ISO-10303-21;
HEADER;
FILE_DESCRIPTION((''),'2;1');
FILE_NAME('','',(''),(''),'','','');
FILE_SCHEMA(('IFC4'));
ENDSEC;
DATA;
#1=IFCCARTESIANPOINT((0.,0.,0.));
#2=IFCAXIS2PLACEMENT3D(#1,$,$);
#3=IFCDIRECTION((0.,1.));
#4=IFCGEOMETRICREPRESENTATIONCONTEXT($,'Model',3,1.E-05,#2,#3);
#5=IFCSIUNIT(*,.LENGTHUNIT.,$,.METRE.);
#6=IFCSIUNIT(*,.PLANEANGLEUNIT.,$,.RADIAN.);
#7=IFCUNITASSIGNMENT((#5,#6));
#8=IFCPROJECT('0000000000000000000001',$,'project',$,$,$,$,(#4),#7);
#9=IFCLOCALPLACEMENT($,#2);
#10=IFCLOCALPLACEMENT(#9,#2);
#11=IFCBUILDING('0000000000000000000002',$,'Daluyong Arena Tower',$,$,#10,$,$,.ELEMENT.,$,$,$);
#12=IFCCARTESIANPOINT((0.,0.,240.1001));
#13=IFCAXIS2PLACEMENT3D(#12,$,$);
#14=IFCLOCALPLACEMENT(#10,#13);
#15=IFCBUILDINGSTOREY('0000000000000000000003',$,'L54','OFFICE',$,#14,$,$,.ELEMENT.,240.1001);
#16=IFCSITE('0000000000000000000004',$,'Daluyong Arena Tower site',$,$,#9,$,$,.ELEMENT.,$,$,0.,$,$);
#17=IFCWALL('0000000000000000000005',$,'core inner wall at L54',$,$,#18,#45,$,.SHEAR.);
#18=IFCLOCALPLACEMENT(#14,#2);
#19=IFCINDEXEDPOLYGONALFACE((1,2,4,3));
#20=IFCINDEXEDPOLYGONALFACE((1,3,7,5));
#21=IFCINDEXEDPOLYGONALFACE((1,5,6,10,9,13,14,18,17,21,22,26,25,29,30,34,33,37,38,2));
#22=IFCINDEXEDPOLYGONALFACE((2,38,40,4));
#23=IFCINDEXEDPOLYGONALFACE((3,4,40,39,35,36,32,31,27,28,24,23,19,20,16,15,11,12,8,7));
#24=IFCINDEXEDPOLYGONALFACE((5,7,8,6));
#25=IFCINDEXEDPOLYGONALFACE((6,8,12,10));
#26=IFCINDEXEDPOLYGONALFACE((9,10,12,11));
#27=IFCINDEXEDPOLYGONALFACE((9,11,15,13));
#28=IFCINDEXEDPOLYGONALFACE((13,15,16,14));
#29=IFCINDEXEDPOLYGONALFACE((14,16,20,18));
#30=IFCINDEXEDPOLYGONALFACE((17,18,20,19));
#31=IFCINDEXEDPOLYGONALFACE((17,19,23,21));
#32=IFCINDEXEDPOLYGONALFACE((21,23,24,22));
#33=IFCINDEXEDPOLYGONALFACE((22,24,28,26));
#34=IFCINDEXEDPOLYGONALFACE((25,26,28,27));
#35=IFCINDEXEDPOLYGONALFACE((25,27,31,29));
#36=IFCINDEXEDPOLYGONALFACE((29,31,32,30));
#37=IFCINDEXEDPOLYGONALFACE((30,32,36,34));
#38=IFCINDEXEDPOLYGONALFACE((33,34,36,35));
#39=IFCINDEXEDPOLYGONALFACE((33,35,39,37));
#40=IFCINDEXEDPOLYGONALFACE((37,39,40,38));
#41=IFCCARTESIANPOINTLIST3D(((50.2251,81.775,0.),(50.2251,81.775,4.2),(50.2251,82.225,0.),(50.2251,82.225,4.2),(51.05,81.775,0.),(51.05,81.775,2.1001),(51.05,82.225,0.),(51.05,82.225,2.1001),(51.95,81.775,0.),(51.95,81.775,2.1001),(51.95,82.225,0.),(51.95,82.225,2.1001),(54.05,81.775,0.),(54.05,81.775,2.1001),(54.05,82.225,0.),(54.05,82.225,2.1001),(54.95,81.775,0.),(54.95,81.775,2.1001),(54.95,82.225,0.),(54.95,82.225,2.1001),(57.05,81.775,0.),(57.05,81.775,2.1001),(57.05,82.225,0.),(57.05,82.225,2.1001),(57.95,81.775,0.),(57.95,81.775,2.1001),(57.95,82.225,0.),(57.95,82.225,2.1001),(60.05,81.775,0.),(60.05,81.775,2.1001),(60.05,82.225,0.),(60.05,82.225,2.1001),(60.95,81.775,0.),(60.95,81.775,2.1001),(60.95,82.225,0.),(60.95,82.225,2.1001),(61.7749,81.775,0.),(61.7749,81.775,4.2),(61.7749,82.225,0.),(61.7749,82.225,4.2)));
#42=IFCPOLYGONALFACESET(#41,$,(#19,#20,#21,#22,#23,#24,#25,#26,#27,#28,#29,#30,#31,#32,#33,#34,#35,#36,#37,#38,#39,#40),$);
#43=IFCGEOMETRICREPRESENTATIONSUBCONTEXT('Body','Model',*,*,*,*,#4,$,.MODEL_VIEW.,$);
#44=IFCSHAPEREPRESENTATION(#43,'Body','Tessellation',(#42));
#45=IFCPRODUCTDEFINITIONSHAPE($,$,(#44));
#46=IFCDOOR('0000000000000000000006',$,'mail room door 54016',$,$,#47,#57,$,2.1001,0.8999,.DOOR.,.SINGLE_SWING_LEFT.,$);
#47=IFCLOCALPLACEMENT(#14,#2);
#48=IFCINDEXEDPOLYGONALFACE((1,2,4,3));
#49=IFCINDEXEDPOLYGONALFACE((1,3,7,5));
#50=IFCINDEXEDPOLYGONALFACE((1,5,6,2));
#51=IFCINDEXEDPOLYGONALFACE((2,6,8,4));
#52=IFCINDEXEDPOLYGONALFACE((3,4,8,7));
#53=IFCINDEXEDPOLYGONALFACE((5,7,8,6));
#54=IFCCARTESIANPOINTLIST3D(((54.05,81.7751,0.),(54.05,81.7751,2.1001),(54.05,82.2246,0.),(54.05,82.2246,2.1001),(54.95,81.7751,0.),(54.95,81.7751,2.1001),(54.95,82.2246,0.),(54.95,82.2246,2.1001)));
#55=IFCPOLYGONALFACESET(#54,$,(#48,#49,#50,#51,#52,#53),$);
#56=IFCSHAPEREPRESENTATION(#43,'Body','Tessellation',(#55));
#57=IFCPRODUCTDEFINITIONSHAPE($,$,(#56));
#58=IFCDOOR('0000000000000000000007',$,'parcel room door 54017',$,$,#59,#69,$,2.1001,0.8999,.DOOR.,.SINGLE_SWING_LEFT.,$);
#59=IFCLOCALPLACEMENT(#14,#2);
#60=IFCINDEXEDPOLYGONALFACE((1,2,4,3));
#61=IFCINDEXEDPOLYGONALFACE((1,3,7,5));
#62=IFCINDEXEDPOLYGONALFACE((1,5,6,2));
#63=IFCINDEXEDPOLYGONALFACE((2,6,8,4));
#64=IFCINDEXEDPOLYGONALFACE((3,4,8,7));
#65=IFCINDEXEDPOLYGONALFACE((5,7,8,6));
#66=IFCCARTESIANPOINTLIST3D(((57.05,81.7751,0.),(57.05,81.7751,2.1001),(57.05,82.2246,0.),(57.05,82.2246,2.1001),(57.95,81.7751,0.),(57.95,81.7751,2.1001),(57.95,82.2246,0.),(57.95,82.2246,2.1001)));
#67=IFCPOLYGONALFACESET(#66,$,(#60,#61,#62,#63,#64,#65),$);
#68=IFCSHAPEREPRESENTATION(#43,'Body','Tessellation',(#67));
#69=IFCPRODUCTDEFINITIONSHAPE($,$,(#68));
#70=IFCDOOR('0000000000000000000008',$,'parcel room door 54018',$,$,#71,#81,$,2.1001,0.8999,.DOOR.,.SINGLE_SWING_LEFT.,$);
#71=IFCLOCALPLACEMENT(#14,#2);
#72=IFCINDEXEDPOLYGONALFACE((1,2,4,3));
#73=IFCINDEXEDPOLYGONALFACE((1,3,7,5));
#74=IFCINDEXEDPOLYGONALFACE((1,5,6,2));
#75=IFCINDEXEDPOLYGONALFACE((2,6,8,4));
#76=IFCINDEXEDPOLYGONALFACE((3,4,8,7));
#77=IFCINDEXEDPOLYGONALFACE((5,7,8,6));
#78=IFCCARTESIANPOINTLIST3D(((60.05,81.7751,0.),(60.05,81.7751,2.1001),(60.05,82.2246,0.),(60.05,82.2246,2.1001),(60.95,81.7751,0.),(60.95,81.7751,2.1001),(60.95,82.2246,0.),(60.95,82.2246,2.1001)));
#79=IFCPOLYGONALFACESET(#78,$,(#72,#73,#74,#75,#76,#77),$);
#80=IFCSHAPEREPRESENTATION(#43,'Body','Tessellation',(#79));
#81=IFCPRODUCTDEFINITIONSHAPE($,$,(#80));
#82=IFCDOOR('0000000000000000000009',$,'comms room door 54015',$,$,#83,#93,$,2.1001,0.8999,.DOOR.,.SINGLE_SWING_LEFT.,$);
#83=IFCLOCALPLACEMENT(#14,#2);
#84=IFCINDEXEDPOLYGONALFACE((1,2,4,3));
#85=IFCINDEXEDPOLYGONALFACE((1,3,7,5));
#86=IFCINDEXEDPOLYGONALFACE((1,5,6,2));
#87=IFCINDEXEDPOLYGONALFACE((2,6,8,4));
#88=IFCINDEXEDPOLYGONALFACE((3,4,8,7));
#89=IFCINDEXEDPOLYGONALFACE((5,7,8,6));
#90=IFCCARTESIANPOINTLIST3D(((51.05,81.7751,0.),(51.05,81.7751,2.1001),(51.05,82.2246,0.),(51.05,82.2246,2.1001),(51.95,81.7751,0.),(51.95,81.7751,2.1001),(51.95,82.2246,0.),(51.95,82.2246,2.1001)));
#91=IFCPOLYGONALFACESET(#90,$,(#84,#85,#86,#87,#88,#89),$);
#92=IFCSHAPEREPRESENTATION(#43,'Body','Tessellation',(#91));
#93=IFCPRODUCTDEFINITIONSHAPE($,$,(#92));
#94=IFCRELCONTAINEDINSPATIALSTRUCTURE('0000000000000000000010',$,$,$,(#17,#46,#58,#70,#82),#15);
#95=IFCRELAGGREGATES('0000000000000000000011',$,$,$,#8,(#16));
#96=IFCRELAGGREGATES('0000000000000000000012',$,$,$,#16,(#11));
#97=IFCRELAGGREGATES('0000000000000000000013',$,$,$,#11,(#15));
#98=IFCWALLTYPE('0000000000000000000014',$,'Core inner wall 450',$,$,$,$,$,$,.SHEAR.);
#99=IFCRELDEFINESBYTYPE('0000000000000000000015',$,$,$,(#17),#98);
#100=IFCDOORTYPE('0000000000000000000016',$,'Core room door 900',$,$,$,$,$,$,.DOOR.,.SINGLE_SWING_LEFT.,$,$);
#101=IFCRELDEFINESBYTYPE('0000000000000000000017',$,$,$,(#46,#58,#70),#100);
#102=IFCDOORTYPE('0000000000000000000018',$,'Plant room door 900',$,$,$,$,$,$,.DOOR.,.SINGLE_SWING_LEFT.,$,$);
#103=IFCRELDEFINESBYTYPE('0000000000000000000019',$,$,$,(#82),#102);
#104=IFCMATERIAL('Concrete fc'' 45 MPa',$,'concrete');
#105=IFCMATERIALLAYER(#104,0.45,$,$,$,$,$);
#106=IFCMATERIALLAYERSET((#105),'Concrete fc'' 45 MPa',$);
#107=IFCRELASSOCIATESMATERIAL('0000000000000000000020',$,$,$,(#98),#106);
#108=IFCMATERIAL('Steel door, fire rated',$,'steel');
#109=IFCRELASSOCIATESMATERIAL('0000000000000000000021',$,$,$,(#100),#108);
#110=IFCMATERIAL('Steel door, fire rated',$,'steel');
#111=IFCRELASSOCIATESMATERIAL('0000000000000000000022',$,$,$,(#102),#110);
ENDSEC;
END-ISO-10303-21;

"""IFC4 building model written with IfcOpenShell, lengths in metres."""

from ifc_helpers import new_model, si_unit, direction, frame, frame_2d, origin, place, context, subcontext, project, spatial, rectangle, extrude, material, layer, layer_set, type_object, element, fill, save


model = new_model("IFC4")

# Units and contexts
model_context = context("Model", 3, precision=1e-05, world=origin(), true_north=direction((0.0, 1.0)))
body_context = subcontext(model_context, "Body", "Model", "MODEL_VIEW")
ifc_project = project(units=[si_unit("LENGTHUNIT", "METRE"), si_unit("PLANEANGLEUNIT", "RADIAN")], contexts=[model_context])

# Site, building, storey
site_placement = place(None, origin())
site = spatial("IfcSite", under=ifc_project, at=site_placement, Name="Daluyong Arena Tower site", CompositionType="ELEMENT", RefElevation=0.0)
building_placement = place(site_placement, origin())
building = spatial("IfcBuilding", under=site, at=building_placement, Name="Daluyong Arena Tower", CompositionType="ELEMENT")
storey_placement = place(building_placement, frame((0.0, 0.0, 240.1001)))
storey = spatial("IfcBuildingStorey", under=building, at=storey_placement, Name="L54", Description="OFFICE", CompositionType="ELEMENT", Elevation=240.1001)

# Shared definitions
ifc_material_1 = material(Name="Concrete fc' 45 MPa", Category="concrete")
ifc_layer = layer(ifc_material_1, 0.45)
ifc_layer_set = layer_set([ifc_layer], Name="Concrete fc' 45 MPa")
wall_type = type_object("IfcWallType", Name="Core inner wall 450", PredefinedType="SHEAR", material=ifc_layer_set)
ifc_material_2 = material(Name="Steel door, fire rated", Category="steel")
door_type_1 = type_object("IfcDoorType", Name="Core room door 900", OperationType="SINGLE_SWING_LEFT", PredefinedType="DOOR", material=ifc_material_2)

# Wall, openings, doors
wall_1_placement = place(storey_placement, frame((50.2251, 82.0, 0.0), z_axis=(0.0, 0.0, 1.0), x_axis=(1.0, 0.0, 0.0)))
wall_1 = element("IfcWall", 1, at=wall_1_placement, inside=storey, type_object=wall_type, Name="core inner wall at L54", PredefinedType="SHEAR", context=body_context, shape_type="SweptSolid", body=[
    extrude(rectangle(XDim=11.5498, YDim=0.45, at=frame_2d((5.7749, 0.0))), origin(), (0.0, 0.0, 1.0), 4.2),
])
opening_1_placement = place(wall_1_placement, frame((0.825, 0.0, 0.0)))
opening_1 = element("IfcOpeningElement", 2, at=opening_1_placement, cuts=wall_1, PredefinedType="OPENING", context=body_context, shape_type="SweptSolid", body=[
    extrude(rectangle(XDim=0.8999, YDim=2.1001, at=frame_2d((0.45, 1.05))), frame((0.0, 0.2349, 0.0), z_axis=(0.0, -1.0, 0.0), x_axis=(1.0, 0.0, 0.0)), (0.0, 0.0, 1.0), 0.47),
])
opening_2_placement = place(wall_1_placement, frame((3.825, 0.0, 0.0)))
opening_2 = element("IfcOpeningElement", 3, at=opening_2_placement, cuts=wall_1, PredefinedType="OPENING", context=body_context, shape_type="SweptSolid", body=[
    extrude(rectangle(XDim=0.8999, YDim=2.1001, at=frame_2d((0.45, 1.05))), frame((0.0, 0.2349, 0.0), z_axis=(0.0, -1.0, 0.0), x_axis=(1.0, 0.0, 0.0)), (0.0, 0.0, 1.0), 0.47),
])
opening_3_placement = place(wall_1_placement, frame((6.825, 0.0, 0.0)))
opening_3 = element("IfcOpeningElement", 4, at=opening_3_placement, cuts=wall_1, PredefinedType="OPENING", context=body_context, shape_type="SweptSolid", body=[
    extrude(rectangle(XDim=0.8999, YDim=2.1001, at=frame_2d((0.45, 1.05))), frame((0.0, 0.2349, 0.0), z_axis=(0.0, -1.0, 0.0), x_axis=(1.0, 0.0, 0.0)), (0.0, 0.0, 1.0), 0.47),
])
opening_4_placement = place(wall_1_placement, frame((9.825, 0.0, 0.0)))
opening_4 = element("IfcOpeningElement", 5, at=opening_4_placement, cuts=wall_1, PredefinedType="OPENING", context=body_context, shape_type="SweptSolid", body=[
    extrude(rectangle(XDim=0.8999, YDim=2.1001, at=frame_2d((0.45, 1.05))), frame((0.0, 0.2349, 0.0), z_axis=(0.0, -1.0, 0.0), x_axis=(1.0, 0.0, 0.0)), (0.0, 0.0, 1.0), 0.47),
])
door_1_placement = place(opening_2_placement, origin())
door_1 = element("IfcDoor", 6, at=door_1_placement, inside=storey, type_object=door_type_1, Name="mail room door 54016", OperationType="SINGLE_SWING_LEFT", OverallHeight=2.1001, OverallWidth=0.8999, PredefinedType="DOOR", context=body_context, shape_type="SweptSolid", body=[
    extrude(rectangle(XDim=0.8999, YDim=2.1001, at=frame_2d((0.45, 1.05))), frame((0.0, 0.2246, 0.0), z_axis=(0.0, -1.0, 0.0), x_axis=(1.0, 0.0, 0.0)), (0.0, 0.0, 1.0), 0.4495),
])
fill(opening_2, door_1)
door_2_placement = place(opening_3_placement, origin())
door_2 = element("IfcDoor", 7, at=door_2_placement, inside=storey, type_object=door_type_1, Name="parcel room door 54017", OperationType="SINGLE_SWING_LEFT", OverallHeight=2.1001, OverallWidth=0.8999, PredefinedType="DOOR", context=body_context, shape_type="SweptSolid", body=[
    extrude(rectangle(XDim=0.8999, YDim=2.1001, at=frame_2d((0.45, 1.05))), frame((0.0, 0.2246, 0.0), z_axis=(0.0, -1.0, 0.0), x_axis=(1.0, 0.0, 0.0)), (0.0, 0.0, 1.0), 0.4495),
])
fill(opening_3, door_2)
door_3_placement = place(opening_4_placement, origin())
door_3 = element("IfcDoor", 8, at=door_3_placement, inside=storey, type_object=door_type_1, Name="parcel room door 54018", OperationType="SINGLE_SWING_LEFT", OverallHeight=2.1001, OverallWidth=0.8999, PredefinedType="DOOR", context=body_context, shape_type="SweptSolid", body=[
    extrude(rectangle(XDim=0.8999, YDim=2.1001, at=frame_2d((0.45, 1.05))), frame((0.0, 0.2246, 0.0), z_axis=(0.0, -1.0, 0.0), x_axis=(1.0, 0.0, 0.0)), (0.0, 0.0, 1.0), 0.4495),
])
fill(opening_4, door_3)
ifc_material_3 = material(Name="Steel door, fire rated", Category="steel")
door_type_2 = type_object("IfcDoorType", Name="Plant room door 900", OperationType="SINGLE_SWING_LEFT", PredefinedType="DOOR", material=ifc_material_3)
door_4_placement = place(opening_1_placement, origin())
door_4 = element("IfcDoor", 9, at=door_4_placement, inside=storey, type_object=door_type_2, Name="comms room door 54015", OperationType="SINGLE_SWING_LEFT", OverallHeight=2.1001, OverallWidth=0.8999, PredefinedType="DOOR", context=body_context, shape_type="SweptSolid", body=[
    extrude(rectangle(XDim=0.8999, YDim=2.1001, at=frame_2d((0.45, 1.05))), frame((0.0, 0.2246, 0.0), z_axis=(0.0, -1.0, 0.0), x_axis=(1.0, 0.0, 0.0)), (0.0, 0.0, 1.0), 0.4495),
])
fill(opening_1, door_4)

save(model, "model.ifc")
